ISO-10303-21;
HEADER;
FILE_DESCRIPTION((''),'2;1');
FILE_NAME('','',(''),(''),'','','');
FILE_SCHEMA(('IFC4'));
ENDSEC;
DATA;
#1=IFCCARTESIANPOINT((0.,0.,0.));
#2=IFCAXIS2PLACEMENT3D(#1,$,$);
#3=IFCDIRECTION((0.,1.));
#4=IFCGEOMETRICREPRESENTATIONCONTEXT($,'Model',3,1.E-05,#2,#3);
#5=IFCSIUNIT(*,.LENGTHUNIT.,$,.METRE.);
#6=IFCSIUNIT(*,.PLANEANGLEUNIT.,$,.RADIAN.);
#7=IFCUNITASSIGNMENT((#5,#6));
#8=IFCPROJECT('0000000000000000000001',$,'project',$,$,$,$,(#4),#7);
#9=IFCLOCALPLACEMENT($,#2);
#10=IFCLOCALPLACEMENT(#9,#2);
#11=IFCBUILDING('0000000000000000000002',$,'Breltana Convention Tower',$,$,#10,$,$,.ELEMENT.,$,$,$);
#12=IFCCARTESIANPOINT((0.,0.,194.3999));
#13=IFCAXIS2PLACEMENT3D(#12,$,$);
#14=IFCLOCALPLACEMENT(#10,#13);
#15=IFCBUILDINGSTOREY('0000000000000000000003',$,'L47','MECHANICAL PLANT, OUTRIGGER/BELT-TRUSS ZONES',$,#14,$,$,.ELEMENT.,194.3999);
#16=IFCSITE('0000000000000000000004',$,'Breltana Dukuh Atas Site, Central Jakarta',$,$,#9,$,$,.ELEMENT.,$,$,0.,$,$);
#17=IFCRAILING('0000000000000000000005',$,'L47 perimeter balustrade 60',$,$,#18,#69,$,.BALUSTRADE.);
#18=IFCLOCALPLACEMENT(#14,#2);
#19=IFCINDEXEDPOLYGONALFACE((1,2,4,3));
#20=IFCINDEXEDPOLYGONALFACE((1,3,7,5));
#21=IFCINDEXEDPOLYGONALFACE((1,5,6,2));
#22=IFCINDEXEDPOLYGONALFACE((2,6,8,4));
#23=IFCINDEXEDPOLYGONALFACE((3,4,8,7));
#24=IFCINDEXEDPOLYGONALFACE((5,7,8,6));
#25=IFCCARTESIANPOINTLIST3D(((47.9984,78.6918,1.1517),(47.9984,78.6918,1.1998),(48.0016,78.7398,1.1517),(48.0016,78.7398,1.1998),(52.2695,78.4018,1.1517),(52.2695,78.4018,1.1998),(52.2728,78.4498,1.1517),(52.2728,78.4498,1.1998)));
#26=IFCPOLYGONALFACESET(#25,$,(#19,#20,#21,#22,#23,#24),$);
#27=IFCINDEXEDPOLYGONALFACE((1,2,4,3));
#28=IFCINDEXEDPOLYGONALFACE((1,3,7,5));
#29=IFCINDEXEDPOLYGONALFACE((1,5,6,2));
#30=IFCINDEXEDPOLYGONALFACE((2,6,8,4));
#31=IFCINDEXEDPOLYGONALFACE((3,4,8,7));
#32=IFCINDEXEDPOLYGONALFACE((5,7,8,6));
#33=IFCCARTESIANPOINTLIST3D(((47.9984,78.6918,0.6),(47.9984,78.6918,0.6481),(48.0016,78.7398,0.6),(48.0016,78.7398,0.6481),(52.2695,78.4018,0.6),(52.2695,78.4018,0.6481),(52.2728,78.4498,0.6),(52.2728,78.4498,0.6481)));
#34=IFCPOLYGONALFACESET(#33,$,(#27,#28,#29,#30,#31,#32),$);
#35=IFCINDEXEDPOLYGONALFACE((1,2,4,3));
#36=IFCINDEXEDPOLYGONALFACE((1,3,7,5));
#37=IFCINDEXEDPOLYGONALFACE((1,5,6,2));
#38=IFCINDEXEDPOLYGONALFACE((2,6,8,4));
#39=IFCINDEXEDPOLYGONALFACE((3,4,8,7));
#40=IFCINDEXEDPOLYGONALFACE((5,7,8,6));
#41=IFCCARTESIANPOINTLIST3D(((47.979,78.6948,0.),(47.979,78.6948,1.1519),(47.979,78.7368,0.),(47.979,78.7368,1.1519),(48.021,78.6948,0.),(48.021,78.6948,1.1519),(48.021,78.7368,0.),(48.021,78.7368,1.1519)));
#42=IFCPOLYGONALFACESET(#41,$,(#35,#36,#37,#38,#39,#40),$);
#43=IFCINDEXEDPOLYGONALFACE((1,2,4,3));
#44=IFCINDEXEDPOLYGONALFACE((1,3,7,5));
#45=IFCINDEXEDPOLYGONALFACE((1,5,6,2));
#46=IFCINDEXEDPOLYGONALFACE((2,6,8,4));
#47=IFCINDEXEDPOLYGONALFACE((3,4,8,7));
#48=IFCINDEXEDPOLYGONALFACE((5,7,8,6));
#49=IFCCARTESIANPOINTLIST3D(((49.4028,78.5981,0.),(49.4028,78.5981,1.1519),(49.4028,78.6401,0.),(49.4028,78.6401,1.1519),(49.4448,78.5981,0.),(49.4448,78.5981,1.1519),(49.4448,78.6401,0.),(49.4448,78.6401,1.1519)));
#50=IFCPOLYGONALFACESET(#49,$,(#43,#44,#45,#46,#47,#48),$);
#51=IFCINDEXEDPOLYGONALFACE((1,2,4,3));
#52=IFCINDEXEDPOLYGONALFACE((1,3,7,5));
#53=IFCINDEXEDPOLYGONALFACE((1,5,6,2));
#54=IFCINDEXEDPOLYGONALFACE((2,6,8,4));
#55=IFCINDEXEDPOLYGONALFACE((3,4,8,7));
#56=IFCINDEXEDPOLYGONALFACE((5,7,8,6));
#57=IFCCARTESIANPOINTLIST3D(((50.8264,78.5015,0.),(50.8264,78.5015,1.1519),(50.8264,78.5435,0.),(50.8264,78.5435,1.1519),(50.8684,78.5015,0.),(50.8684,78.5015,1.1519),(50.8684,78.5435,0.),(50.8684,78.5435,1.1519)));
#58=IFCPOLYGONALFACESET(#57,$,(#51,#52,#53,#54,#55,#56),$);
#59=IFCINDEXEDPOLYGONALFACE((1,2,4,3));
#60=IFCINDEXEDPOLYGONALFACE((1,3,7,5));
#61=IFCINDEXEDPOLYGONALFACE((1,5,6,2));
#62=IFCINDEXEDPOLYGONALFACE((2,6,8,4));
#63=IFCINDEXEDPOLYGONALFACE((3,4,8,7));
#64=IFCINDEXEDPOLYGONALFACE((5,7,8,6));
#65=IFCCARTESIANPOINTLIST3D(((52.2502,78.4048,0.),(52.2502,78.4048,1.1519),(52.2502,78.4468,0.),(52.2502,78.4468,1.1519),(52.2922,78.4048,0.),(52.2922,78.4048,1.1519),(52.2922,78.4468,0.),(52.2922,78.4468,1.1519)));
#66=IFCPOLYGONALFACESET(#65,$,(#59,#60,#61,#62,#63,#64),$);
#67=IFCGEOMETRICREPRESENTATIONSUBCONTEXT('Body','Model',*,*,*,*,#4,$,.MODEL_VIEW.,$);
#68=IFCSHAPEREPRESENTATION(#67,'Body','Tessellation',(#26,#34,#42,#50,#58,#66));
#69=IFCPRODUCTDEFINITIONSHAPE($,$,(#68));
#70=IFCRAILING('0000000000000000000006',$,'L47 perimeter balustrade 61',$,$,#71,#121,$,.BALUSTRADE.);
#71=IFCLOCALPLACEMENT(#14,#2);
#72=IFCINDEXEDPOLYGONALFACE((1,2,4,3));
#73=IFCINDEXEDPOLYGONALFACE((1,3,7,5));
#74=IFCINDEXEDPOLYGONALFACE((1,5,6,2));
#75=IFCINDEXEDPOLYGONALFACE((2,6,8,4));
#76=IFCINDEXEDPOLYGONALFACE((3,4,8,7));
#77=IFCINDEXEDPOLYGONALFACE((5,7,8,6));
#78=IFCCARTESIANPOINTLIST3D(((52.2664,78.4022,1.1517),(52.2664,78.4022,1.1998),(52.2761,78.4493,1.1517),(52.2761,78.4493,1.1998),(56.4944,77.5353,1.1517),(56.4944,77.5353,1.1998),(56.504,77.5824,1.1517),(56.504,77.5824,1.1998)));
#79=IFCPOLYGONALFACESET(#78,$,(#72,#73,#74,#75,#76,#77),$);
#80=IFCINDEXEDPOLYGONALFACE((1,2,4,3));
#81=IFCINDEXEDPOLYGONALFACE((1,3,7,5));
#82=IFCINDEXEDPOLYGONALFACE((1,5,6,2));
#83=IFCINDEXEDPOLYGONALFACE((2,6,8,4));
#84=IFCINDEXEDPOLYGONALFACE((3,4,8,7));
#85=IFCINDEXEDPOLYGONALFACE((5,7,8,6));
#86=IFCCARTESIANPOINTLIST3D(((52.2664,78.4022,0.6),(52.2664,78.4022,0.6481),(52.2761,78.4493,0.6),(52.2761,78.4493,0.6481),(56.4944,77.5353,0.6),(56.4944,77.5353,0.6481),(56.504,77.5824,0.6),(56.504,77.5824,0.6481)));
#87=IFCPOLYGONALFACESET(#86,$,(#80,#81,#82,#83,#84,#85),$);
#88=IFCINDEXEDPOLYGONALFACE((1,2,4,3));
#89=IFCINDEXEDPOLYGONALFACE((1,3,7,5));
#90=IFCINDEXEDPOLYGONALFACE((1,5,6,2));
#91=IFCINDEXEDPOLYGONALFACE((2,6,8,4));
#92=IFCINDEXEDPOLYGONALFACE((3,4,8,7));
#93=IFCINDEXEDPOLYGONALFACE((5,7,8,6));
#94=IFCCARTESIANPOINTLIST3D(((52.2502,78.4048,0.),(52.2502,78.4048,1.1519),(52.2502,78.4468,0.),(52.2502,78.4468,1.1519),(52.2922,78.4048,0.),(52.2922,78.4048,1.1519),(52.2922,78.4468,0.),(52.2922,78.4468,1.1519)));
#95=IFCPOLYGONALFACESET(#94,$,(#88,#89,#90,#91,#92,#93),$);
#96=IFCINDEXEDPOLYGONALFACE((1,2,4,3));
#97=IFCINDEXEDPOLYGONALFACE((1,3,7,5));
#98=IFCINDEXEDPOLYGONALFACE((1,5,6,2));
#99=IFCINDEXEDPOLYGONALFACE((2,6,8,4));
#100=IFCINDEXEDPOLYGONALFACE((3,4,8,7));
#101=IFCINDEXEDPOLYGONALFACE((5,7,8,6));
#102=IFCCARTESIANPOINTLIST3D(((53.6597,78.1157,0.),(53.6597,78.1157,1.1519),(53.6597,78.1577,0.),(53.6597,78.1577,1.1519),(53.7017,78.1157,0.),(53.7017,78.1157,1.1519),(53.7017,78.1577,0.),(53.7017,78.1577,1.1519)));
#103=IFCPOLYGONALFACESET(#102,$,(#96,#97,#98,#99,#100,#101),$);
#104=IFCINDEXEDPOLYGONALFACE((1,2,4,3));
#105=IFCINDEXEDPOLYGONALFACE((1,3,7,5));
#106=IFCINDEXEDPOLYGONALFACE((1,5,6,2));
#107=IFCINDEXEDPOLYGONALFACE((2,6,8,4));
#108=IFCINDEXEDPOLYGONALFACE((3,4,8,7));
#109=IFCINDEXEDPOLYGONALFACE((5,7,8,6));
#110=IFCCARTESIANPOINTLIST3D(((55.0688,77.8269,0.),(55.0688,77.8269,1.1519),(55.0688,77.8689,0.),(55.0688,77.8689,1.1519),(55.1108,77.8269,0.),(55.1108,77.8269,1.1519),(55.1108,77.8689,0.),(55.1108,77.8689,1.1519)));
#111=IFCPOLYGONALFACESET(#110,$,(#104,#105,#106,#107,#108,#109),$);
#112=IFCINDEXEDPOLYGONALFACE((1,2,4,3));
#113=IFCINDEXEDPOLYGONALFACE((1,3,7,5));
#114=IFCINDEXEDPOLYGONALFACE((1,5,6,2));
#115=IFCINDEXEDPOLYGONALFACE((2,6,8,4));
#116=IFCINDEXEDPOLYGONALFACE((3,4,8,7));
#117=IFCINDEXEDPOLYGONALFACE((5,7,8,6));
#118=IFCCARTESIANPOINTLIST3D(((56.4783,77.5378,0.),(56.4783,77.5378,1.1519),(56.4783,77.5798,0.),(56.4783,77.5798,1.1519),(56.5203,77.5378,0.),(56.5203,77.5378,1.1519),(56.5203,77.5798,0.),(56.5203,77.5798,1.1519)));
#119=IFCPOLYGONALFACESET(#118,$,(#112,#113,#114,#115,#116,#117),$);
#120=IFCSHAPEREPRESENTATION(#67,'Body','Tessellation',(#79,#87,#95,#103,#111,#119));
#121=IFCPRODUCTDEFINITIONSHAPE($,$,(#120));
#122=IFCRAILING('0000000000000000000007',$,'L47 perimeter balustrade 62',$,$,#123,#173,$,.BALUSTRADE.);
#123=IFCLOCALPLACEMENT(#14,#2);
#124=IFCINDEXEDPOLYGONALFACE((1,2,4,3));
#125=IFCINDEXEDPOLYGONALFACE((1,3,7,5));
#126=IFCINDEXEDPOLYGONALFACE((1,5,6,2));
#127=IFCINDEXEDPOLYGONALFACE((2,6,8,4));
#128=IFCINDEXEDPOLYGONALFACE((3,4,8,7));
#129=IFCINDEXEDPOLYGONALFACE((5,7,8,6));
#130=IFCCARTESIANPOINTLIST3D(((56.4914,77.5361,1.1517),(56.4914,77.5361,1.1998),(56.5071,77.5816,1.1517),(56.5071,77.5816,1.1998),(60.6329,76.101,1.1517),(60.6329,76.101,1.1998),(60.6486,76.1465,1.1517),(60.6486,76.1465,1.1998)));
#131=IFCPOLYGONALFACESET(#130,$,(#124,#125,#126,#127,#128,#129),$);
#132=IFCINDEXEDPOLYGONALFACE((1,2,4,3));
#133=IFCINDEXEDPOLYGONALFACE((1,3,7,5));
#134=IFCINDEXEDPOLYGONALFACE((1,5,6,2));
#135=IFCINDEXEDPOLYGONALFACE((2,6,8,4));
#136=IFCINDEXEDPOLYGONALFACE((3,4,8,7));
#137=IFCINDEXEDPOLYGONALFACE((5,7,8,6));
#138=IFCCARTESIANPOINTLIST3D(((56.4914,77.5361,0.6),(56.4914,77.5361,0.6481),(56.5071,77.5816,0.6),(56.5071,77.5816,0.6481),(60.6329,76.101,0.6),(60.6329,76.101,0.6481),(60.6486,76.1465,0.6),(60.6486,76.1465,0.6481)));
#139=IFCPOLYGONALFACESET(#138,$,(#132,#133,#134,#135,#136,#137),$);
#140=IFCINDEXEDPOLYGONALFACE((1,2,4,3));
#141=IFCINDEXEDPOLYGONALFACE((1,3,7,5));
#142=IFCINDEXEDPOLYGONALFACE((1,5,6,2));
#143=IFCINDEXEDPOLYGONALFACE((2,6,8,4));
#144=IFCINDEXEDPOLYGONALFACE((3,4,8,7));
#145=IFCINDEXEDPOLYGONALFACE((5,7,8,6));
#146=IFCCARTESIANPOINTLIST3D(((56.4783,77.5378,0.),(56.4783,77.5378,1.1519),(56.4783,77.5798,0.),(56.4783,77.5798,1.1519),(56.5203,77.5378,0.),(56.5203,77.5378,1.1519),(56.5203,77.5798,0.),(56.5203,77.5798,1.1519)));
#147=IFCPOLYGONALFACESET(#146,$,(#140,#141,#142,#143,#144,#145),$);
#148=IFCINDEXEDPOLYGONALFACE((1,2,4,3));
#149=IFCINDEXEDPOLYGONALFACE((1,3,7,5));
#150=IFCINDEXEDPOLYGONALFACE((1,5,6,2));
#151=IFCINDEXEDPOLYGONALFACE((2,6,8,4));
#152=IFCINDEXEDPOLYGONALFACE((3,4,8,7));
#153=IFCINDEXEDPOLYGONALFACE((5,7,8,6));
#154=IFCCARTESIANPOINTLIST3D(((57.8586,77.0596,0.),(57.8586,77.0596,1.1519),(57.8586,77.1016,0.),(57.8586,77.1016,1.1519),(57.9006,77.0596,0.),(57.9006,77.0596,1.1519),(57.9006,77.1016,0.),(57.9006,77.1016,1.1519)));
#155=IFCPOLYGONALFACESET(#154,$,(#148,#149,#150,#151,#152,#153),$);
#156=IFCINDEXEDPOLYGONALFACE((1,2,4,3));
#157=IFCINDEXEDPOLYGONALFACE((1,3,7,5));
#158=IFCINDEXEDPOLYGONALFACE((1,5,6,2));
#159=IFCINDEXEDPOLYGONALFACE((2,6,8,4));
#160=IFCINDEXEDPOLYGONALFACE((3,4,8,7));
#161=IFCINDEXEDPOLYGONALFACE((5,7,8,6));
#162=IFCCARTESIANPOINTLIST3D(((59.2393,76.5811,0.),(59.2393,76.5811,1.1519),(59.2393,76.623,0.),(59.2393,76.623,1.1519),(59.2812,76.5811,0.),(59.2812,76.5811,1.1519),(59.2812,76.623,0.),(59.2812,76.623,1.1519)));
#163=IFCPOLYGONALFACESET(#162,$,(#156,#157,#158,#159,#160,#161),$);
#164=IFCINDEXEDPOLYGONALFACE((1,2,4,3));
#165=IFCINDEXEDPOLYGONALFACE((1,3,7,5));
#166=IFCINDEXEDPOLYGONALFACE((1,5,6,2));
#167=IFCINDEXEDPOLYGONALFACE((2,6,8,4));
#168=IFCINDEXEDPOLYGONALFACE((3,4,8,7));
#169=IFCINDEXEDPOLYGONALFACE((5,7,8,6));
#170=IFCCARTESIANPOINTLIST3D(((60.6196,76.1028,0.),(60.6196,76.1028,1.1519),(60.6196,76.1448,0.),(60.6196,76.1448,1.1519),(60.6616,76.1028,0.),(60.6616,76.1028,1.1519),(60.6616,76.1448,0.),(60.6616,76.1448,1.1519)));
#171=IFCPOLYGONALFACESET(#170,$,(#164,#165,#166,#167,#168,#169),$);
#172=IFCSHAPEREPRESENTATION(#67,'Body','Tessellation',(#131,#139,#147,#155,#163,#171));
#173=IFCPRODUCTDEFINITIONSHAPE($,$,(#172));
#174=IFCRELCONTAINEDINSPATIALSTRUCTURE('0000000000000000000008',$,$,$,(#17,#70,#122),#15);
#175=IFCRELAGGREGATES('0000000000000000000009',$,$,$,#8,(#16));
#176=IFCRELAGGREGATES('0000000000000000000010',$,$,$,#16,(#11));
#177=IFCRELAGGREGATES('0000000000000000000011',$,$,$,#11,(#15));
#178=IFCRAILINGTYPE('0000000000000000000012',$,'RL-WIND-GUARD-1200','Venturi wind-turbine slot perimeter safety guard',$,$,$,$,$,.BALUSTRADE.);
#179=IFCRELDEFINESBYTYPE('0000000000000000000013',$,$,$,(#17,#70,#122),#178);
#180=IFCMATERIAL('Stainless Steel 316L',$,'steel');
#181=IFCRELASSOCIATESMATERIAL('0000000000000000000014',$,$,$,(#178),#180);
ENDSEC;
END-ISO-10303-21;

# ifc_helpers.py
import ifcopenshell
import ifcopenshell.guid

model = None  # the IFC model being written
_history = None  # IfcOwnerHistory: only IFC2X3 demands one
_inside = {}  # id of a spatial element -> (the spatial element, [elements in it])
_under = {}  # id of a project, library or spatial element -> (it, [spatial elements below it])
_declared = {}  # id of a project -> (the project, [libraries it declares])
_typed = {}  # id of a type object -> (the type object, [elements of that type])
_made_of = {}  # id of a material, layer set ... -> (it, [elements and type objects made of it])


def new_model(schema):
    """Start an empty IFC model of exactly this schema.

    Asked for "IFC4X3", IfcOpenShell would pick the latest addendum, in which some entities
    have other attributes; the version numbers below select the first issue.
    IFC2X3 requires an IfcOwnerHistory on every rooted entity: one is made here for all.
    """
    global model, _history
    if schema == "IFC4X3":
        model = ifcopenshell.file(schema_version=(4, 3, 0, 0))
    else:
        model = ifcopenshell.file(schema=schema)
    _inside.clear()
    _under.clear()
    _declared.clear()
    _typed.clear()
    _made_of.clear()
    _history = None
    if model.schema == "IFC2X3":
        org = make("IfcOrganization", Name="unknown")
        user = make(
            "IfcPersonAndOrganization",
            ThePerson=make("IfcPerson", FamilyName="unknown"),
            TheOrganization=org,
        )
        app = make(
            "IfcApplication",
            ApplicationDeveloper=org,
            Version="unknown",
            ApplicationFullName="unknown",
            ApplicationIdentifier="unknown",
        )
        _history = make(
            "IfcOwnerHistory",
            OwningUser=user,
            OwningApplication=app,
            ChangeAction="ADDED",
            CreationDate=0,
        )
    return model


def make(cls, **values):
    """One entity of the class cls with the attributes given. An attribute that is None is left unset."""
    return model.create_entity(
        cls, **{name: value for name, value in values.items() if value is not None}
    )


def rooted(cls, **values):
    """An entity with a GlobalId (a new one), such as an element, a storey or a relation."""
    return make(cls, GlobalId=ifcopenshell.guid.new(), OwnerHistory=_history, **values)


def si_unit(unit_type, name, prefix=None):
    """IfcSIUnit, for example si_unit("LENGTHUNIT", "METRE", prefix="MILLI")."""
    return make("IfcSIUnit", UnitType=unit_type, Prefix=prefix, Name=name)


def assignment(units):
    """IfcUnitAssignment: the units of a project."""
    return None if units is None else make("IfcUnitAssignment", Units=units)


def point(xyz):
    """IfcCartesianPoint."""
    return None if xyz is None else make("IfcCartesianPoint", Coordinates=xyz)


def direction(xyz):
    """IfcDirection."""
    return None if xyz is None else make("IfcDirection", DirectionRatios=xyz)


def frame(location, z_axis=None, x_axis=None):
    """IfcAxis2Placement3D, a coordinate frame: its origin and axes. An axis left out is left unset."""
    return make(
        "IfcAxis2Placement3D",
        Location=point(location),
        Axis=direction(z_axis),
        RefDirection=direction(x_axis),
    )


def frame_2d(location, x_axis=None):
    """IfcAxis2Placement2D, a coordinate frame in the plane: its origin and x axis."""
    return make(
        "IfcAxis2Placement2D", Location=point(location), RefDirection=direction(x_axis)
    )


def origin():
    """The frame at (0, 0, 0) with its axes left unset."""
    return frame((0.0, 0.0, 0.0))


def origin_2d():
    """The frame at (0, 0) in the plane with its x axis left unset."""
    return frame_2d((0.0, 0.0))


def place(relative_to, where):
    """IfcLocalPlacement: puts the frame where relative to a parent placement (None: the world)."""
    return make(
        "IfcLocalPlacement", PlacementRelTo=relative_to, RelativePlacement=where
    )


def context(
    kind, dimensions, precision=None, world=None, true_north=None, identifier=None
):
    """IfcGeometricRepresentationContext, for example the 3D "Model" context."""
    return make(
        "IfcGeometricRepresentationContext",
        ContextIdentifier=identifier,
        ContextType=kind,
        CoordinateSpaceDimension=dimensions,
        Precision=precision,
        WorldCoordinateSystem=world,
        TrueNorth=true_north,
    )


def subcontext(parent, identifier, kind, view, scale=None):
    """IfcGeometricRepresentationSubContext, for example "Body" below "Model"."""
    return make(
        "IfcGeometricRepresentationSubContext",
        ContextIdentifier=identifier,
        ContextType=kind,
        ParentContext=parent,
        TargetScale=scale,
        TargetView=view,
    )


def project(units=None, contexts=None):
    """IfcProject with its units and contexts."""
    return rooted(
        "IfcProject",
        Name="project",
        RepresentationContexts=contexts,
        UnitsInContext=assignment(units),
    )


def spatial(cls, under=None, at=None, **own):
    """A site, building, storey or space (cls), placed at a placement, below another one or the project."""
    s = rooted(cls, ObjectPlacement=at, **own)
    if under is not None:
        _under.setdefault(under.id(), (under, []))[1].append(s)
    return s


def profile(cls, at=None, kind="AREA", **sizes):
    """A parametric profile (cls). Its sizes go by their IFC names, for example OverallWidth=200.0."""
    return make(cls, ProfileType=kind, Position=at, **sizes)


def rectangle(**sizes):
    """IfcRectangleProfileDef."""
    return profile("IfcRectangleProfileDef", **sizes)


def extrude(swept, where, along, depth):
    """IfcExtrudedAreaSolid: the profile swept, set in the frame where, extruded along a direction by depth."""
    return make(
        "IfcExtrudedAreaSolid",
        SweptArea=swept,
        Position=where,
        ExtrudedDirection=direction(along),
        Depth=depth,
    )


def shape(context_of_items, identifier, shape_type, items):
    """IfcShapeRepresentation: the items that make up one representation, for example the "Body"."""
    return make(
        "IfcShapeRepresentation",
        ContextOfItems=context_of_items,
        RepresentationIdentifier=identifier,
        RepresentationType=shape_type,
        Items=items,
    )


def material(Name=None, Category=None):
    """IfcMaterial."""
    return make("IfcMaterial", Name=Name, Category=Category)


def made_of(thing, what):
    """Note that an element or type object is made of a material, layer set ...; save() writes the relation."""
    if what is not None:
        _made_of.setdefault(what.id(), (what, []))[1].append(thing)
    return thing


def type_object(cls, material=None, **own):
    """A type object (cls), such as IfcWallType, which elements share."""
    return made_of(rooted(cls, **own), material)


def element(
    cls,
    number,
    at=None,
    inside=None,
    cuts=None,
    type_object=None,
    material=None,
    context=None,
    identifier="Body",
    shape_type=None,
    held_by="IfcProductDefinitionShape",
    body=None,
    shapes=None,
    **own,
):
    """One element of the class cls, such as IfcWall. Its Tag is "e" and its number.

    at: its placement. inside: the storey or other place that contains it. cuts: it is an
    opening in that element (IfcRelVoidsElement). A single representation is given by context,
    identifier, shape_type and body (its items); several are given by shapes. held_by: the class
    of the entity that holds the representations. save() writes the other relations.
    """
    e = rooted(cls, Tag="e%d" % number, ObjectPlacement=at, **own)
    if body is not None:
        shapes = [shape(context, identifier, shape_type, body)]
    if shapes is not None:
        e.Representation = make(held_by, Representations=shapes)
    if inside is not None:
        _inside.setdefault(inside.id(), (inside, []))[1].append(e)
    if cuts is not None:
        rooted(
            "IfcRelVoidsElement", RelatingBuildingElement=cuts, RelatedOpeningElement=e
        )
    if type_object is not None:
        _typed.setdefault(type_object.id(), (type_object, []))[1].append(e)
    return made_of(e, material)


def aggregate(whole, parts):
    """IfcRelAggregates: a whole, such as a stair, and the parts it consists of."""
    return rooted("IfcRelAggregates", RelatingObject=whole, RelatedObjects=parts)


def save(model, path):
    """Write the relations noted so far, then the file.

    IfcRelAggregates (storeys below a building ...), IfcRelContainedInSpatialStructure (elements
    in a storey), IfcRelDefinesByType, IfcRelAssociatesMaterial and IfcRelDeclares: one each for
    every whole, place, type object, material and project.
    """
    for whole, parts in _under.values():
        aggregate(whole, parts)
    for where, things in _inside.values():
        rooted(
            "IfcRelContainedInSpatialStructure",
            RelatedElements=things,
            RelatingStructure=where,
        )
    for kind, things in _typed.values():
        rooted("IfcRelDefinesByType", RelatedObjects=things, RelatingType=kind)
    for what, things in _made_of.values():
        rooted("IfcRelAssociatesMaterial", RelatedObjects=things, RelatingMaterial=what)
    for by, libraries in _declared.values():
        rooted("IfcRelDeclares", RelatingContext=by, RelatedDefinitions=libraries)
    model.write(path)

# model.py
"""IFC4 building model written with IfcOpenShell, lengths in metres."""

from ifc_helpers import new_model, si_unit, direction, frame, origin, origin_2d, place, context, subcontext, project, spatial, rectangle, extrude, material, type_object, element, save


model = new_model("IFC4")

# Units and contexts
model_context = context("Model", 3, precision=1e-05, world=origin(), true_north=direction((0.0, 1.0)))
body_context = subcontext(model_context, "Body", "Model", "MODEL_VIEW")
ifc_project = project(units=[si_unit("LENGTHUNIT", "METRE"), si_unit("PLANEANGLEUNIT", "RADIAN")], contexts=[model_context])

# Site, building, storey
site_placement = place(None, origin())
site = spatial("IfcSite", under=ifc_project, at=site_placement, Name="Breltana Dukuh Atas Site, Central Jakarta", CompositionType="ELEMENT", RefElevation=0.0)
building_placement = place(site_placement, origin())
building = spatial("IfcBuilding", under=site, at=building_placement, Name="Breltana Convention Tower", CompositionType="ELEMENT")
storey_placement = place(building_placement, frame((0.0, 0.0, 194.3999)))
storey = spatial("IfcBuildingStorey", under=building, at=storey_placement, Name="L47", Description="MECHANICAL PLANT, OUTRIGGER/BELT-TRUSS ZONES", CompositionType="ELEMENT", Elevation=194.3999)

# Railings
ifc_material_1 = material(Name="Stainless Steel 316L", Category="steel")
railing_type_1 = type_object("IfcRailingType", Name="RL-WIND-GUARD-1200", Description="Venturi wind-turbine slot perimeter safety guard", PredefinedType="BALUSTRADE", material=ifc_material_1)
railing_1_placement = place(storey_placement, frame((48.0, 78.7158, 0.0)))
element("IfcRailing", 1, at=railing_1_placement, inside=storey, type_object=railing_type_1, Name="L47 perimeter balustrade 60", PredefinedType="BALUSTRADE", context=body_context, shape_type="SweptSolid", body=[
    extrude(rectangle(XDim=0.0481, YDim=0.0481, at=origin_2d()), frame((0.0, 0.0, 1.1758), z_axis=(0.997702, -0.067749, 0.0), x_axis=(0.067749, 0.997702, 0.0)), (0.0, 0.0, 1.0), 4.281),
    extrude(rectangle(XDim=0.0481, YDim=0.0481, at=origin_2d()), frame((0.0, 0.0, 0.624), z_axis=(0.997702, -0.067749, 0.0), x_axis=(0.067749, 0.997702, 0.0)), (0.0, 0.0, 1.0), 4.281),
    extrude(rectangle(XDim=0.042, YDim=0.042, at=origin_2d()), origin(), (0.0, 0.0, 1.0), 1.1519),
    extrude(rectangle(XDim=0.042, YDim=0.042, at=origin_2d()), frame((1.4238, -0.0967, 0.0)), (0.0, 0.0, 1.0), 1.1519),
    extrude(rectangle(XDim=0.042, YDim=0.042, at=origin_2d()), frame((2.8474, -0.1934, 0.0)), (0.0, 0.0, 1.0), 1.1519),
    extrude(rectangle(XDim=0.042, YDim=0.042, at=origin_2d()), frame((4.2712, -0.29, 0.0)), (0.0, 0.0, 1.0), 1.1519),
])
railing_2_placement = place(storey_placement, frame((52.2712, 78.4258, 0.0)))
element("IfcRailing", 2, at=railing_2_placement, inside=storey, type_object=railing_type_1, Name="L47 perimeter balustrade 61", PredefinedType="BALUSTRADE", context=body_context, shape_type="SweptSolid", body=[
    extrude(rectangle(XDim=0.0481, YDim=0.0481, at=origin_2d()), frame((0.0, 0.0, 1.1758), z_axis=(0.979618, -0.200868, 0.0), x_axis=(0.200868, 0.979618, 0.0)), (0.0, 0.0, 1.0), 4.3159),
    extrude(rectangle(XDim=0.0481, YDim=0.0481, at=origin_2d()), frame((0.0, 0.0, 0.624), z_axis=(0.979618, -0.200868, 0.0), x_axis=(0.200868, 0.979618, 0.0)), (0.0, 0.0, 1.0), 4.3159),
    extrude(rectangle(XDim=0.042, YDim=0.042, at=origin_2d()), origin(), (0.0, 0.0, 1.0), 1.1519),
    extrude(rectangle(XDim=0.042, YDim=0.042, at=origin_2d()), frame((1.4094, -0.2891, 0.0)), (0.0, 0.0, 1.0), 1.1519),
    extrude(rectangle(XDim=0.042, YDim=0.042, at=origin_2d()), frame((2.8186, -0.5779, 0.0)), (0.0, 0.0, 1.0), 1.1519),
    extrude(rectangle(XDim=0.042, YDim=0.042, at=origin_2d()), frame((4.228, -0.8669, 0.0)), (0.0, 0.0, 1.0), 1.1519),
])
railing_3_placement = place(storey_placement, frame((56.4993, 77.5588, 0.0)))
element("IfcRailing", 3, at=railing_3_placement, inside=storey, type_object=railing_type_1, Name="L47 perimeter balustrade 62", PredefinedType="BALUSTRADE", context=body_context, shape_type="SweptSolid", body=[
    extrude(rectangle(XDim=0.0481, YDim=0.0481, at=origin_2d()), frame((0.0, 0.0, 1.1758), z_axis=(0.944879, -0.327419, 0.0), x_axis=(0.327419, 0.944879, 0.0)), (0.0, 0.0, 1.0), 4.3831),
    extrude(rectangle(XDim=0.0481, YDim=0.0481, at=origin_2d()), frame((0.0, 0.0, 0.624), z_axis=(0.944879, -0.327419, 0.0), x_axis=(0.327419, 0.944879, 0.0)), (0.0, 0.0, 1.0), 4.3831),
    extrude(rectangle(XDim=0.042, YDim=0.042, at=origin_2d()), origin(), (0.0, 0.0, 1.0), 1.1519),
    extrude(rectangle(XDim=0.042, YDim=0.042, at=origin_2d()), frame((1.3804, -0.4783, 0.0)), (0.0, 0.0, 1.0), 1.1519),
    extrude(rectangle(XDim=0.042, YDim=0.042, at=origin_2d()), frame((2.761, -0.9568, 0.0)), (0.0, 0.0, 1.0), 1.1519),
    extrude(rectangle(XDim=0.042, YDim=0.042, at=origin_2d()), frame((4.1414, -1.4351, 0.0)), (0.0, 0.0, 1.0), 1.1519),
])

save(model, "model.ifc")
